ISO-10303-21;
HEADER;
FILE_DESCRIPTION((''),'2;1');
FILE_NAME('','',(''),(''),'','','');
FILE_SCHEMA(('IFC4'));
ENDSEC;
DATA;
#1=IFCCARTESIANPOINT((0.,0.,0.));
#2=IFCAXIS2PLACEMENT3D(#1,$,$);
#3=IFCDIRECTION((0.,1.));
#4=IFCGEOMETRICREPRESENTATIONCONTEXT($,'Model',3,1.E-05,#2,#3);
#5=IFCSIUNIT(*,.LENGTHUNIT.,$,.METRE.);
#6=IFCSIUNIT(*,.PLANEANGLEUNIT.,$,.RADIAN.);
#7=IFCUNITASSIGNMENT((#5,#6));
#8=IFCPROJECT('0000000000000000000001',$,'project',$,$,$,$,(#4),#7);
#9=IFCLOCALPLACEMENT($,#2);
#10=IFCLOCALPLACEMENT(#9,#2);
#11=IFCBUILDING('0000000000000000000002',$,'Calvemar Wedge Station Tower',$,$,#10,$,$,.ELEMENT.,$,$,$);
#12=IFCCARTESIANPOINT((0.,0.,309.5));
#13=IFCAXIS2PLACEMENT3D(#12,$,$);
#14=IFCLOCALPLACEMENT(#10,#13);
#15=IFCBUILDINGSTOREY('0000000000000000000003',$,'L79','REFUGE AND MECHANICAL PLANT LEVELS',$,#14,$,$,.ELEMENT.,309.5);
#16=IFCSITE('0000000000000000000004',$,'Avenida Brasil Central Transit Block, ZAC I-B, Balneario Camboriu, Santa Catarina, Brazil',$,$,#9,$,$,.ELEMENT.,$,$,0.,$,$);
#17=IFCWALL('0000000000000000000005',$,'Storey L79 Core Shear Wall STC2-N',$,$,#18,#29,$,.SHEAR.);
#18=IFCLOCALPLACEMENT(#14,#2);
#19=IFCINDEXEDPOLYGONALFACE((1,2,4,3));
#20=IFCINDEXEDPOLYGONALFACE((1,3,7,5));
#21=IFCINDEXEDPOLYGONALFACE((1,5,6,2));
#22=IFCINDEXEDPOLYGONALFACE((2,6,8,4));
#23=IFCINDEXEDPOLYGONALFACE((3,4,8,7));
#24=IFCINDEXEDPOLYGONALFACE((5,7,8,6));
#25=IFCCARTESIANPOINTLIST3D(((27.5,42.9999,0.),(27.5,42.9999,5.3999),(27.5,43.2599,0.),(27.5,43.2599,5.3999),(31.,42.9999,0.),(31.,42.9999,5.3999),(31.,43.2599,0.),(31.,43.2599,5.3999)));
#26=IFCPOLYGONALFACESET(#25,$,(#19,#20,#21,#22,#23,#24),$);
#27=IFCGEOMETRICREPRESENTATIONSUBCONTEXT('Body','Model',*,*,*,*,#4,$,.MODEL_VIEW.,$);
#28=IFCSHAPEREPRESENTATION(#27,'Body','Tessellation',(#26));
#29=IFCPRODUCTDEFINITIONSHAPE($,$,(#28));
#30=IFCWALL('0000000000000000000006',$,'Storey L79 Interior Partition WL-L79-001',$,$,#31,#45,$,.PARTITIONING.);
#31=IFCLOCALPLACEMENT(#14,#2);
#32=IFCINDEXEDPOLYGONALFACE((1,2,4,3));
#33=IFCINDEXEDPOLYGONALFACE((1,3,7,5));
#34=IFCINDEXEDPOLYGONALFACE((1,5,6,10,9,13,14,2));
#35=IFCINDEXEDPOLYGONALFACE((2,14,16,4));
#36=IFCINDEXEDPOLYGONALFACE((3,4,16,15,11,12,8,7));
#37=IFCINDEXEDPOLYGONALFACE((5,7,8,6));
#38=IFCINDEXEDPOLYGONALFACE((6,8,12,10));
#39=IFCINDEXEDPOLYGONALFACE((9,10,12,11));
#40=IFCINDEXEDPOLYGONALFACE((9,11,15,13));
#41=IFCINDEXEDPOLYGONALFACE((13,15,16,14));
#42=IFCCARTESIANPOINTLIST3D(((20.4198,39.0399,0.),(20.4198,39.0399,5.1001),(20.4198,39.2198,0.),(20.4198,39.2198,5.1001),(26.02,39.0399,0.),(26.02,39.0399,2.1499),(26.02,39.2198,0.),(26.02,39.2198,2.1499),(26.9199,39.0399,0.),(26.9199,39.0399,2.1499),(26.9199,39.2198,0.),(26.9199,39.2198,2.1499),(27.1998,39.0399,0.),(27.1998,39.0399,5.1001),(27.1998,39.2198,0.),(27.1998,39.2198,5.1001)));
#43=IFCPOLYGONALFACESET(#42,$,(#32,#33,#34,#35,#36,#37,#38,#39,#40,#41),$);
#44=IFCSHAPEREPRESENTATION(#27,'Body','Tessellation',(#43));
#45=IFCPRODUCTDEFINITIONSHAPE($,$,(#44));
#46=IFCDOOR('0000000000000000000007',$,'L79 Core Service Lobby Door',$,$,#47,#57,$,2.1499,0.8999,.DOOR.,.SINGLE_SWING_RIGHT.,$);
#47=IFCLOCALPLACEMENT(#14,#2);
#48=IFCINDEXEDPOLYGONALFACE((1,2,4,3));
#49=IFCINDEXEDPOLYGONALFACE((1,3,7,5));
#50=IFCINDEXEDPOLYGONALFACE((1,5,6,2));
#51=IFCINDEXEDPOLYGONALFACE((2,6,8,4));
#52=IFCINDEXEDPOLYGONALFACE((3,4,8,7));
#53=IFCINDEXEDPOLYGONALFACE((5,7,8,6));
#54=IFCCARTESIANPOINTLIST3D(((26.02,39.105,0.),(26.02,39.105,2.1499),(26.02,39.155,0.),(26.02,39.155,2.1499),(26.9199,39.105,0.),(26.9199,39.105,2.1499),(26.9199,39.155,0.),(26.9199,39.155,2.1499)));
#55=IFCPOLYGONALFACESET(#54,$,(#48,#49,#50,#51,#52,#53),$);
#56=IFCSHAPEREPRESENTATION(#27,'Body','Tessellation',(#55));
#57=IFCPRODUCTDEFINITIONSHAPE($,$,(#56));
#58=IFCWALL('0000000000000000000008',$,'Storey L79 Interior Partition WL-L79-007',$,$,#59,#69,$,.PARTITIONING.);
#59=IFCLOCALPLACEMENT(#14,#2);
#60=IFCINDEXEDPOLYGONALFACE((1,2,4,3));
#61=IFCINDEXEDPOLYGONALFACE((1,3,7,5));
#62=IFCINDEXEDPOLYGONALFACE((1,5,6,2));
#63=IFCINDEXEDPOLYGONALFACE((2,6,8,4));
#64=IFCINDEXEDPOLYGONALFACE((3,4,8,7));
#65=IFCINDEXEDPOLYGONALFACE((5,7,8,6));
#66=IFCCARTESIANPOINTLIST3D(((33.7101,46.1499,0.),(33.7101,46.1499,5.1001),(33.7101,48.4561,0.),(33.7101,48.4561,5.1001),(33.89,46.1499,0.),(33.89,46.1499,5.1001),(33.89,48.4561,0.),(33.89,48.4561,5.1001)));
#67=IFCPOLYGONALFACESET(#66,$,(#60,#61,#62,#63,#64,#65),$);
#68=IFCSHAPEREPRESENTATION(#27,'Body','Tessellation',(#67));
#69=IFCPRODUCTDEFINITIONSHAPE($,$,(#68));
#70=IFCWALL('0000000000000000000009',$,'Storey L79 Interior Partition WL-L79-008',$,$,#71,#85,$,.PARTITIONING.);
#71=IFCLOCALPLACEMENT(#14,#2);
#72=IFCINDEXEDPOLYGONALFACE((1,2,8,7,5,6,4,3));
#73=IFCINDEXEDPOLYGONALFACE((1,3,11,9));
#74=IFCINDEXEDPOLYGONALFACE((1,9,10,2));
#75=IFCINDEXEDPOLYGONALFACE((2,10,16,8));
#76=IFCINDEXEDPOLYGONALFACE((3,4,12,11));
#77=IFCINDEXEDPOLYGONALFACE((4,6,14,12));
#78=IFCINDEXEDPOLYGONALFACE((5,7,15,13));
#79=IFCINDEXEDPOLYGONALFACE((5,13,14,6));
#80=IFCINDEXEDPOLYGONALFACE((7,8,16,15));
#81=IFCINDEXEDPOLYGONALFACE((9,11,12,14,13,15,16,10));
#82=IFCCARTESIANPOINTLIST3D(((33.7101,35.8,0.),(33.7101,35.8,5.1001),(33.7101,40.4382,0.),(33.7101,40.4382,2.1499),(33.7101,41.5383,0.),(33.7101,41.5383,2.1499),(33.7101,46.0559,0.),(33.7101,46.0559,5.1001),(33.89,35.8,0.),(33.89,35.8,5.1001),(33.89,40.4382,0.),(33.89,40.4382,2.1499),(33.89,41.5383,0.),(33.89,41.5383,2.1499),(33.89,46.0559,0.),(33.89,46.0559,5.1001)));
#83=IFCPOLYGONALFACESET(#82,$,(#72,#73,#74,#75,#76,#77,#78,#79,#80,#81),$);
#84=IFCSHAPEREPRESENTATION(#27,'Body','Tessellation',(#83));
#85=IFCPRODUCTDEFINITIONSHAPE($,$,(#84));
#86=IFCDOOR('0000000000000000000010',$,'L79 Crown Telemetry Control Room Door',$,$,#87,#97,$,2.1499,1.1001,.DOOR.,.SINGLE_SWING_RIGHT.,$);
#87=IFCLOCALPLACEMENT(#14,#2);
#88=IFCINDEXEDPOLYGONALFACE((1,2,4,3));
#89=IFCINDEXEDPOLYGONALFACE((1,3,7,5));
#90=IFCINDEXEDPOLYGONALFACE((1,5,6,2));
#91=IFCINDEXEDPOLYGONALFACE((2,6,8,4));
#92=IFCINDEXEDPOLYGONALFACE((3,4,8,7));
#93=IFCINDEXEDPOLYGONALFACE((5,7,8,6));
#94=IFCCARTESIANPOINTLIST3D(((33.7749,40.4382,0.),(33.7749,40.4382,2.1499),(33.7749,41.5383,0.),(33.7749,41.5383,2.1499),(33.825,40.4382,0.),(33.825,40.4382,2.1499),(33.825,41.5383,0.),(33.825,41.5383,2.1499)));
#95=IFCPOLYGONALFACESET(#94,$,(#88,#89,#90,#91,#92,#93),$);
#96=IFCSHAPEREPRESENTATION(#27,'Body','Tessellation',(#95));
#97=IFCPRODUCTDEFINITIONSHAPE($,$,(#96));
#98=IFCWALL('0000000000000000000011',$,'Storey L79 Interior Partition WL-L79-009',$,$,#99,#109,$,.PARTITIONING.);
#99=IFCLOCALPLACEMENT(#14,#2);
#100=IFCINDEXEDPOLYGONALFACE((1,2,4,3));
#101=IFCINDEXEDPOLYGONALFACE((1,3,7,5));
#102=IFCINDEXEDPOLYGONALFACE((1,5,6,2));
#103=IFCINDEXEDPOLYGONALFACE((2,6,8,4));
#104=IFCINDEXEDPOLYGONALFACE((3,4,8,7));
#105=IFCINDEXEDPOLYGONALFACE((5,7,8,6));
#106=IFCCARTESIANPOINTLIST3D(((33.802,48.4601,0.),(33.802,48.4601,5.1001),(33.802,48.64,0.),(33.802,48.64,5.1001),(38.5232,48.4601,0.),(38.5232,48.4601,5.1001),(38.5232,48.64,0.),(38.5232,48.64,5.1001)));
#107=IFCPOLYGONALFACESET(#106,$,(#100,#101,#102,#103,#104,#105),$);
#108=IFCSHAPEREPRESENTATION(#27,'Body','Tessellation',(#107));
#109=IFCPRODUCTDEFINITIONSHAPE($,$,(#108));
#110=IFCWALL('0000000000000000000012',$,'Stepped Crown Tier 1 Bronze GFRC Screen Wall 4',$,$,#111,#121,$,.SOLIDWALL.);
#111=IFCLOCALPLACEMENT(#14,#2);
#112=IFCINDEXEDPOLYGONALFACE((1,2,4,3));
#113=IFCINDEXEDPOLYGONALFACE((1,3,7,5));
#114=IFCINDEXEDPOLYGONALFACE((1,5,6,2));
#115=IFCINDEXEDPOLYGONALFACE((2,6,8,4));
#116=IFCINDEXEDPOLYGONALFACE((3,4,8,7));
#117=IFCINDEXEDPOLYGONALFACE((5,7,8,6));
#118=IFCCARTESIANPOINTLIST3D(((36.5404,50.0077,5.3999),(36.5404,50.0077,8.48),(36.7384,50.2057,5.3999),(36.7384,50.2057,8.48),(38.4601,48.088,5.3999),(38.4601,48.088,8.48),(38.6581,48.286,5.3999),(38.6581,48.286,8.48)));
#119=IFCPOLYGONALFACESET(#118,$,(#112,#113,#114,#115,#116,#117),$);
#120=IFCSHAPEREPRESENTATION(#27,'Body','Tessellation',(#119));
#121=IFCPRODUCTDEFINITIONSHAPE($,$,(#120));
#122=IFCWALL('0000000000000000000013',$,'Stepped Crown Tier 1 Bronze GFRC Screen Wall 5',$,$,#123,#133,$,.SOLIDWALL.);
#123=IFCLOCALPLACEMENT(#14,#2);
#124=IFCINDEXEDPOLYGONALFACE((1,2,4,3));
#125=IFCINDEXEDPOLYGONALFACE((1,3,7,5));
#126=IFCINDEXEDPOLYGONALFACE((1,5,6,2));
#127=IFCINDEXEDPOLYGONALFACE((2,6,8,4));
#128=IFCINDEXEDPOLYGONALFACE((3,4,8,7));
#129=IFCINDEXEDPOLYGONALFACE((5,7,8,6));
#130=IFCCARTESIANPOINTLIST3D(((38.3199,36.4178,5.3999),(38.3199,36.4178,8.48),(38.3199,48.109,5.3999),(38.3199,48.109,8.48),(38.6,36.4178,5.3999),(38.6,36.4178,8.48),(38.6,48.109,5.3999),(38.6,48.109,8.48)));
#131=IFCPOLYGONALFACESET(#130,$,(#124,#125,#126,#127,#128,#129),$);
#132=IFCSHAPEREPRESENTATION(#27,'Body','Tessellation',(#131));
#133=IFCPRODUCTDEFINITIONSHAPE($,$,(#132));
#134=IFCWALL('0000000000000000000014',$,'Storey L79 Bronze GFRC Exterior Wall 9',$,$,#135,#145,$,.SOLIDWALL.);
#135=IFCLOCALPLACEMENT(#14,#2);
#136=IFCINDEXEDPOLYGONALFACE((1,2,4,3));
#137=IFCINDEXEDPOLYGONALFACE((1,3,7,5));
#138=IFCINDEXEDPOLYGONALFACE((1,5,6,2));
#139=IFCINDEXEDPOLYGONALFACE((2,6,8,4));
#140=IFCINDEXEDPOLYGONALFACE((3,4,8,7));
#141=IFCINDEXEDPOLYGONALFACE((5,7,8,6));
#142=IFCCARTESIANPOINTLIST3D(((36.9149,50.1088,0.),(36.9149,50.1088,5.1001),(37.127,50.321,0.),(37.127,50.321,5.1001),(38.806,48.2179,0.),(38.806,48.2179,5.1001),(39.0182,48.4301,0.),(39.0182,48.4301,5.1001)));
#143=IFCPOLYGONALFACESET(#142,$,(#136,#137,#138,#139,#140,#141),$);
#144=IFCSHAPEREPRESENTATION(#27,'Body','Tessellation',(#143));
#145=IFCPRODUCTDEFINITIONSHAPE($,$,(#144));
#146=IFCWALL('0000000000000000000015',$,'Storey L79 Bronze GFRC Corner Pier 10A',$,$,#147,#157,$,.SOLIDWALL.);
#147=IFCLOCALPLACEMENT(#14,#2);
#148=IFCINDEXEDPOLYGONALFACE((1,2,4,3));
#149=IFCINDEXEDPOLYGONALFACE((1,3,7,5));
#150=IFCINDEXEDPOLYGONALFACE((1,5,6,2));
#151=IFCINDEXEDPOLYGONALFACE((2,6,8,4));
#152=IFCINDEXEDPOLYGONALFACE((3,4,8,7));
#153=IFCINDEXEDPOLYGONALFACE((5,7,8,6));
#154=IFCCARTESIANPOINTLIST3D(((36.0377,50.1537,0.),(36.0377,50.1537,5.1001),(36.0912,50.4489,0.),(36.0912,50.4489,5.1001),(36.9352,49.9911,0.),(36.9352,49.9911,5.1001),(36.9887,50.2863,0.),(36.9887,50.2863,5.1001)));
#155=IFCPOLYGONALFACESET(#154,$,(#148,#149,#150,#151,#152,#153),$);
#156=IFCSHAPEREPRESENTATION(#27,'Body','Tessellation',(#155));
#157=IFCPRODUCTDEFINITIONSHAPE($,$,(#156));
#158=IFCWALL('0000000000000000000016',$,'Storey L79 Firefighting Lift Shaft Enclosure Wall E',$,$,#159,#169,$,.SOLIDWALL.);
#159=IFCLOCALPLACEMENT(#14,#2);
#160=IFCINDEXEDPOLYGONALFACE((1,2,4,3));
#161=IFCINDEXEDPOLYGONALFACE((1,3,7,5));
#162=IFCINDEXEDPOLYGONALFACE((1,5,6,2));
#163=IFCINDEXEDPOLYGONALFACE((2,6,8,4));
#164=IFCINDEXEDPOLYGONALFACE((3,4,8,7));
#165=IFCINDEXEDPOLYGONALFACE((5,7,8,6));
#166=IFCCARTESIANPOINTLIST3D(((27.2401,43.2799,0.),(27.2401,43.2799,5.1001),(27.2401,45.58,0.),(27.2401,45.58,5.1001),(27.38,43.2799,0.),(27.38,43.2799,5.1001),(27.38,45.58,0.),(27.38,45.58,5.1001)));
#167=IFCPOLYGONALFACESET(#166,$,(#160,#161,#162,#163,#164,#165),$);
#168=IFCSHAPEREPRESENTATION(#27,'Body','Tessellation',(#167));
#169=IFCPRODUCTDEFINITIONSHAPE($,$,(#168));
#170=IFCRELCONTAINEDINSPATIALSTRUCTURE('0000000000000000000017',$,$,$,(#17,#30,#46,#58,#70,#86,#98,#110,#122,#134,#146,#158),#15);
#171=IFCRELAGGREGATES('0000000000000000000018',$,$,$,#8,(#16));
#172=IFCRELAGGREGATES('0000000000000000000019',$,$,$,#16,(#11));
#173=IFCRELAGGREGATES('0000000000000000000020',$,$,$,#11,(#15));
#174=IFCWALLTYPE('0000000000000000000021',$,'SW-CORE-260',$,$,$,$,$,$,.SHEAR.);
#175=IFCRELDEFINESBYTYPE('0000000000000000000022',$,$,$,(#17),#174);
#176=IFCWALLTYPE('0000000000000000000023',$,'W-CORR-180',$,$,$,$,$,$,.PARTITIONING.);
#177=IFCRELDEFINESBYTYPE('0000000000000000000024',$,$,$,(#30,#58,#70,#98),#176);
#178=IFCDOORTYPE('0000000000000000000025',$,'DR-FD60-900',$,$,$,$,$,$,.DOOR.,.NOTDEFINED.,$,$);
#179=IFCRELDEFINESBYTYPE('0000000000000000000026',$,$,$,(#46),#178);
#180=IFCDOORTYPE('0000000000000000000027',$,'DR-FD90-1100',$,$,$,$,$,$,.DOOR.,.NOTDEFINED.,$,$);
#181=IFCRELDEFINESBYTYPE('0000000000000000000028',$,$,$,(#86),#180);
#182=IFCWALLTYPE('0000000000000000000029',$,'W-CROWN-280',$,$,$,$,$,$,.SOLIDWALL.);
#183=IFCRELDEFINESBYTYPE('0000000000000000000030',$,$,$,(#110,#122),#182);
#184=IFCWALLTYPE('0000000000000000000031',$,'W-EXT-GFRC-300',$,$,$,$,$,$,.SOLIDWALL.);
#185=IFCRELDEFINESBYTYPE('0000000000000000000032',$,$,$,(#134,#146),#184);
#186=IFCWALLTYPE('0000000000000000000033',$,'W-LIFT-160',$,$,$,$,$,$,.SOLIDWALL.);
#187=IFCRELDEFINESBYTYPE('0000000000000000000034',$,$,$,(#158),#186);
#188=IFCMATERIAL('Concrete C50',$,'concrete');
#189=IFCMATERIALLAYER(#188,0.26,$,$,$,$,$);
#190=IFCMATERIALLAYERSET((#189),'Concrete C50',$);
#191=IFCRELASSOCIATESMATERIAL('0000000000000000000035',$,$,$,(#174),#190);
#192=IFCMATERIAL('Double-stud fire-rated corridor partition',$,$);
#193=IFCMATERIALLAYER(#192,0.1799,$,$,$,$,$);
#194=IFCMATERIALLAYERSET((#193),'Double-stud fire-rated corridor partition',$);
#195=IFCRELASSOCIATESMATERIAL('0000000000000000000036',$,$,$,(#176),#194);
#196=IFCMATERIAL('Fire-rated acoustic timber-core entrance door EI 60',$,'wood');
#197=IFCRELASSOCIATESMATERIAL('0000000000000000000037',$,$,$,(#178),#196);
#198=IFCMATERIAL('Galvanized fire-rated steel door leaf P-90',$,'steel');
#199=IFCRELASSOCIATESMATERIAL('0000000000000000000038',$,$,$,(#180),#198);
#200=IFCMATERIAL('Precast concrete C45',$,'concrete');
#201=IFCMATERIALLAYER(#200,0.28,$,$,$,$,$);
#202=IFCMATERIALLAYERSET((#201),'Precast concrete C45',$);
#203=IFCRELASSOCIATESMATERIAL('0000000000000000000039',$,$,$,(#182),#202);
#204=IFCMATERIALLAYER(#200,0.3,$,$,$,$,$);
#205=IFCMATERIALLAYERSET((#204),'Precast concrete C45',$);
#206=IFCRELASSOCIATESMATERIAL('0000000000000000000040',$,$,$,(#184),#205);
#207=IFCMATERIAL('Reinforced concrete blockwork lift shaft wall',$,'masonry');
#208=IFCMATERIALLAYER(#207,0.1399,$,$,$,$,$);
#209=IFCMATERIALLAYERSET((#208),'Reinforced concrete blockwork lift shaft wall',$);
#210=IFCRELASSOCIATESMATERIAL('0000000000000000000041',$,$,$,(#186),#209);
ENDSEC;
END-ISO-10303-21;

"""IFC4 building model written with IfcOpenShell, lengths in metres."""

from ifc_helpers import new_model, si_unit, direction, frame, frame_2d, origin, place, context, subcontext, project, spatial, rectangle, extrude, source, transform, mapped, material, layer, layer_set, type_object, element, fill, save


model = new_model("IFC4")

# Units and contexts
model_context = context("Model", 3, precision=1e-05, world=origin(), true_north=direction((0.0, 1.0)))
body_context = subcontext(model_context, "Body", "Model", "MODEL_VIEW")
ifc_project = project(units=[si_unit("LENGTHUNIT", "METRE"), si_unit("PLANEANGLEUNIT", "RADIAN")], contexts=[model_context])

# Site, building, storey
site_placement = place(None, origin())
site = spatial("IfcSite", under=ifc_project, at=site_placement, Name="Avenida Brasil Central Transit Block, ZAC I-B, Balneario Camboriu, Santa Catarina, Brazil", CompositionType="ELEMENT", RefElevation=0.0)
building_placement = place(site_placement, origin())
building = spatial("IfcBuilding", under=site, at=building_placement, Name="Calvemar Wedge Station Tower", CompositionType="ELEMENT")
storey_placement = place(building_placement, frame((0.0, 0.0, 309.5)))
storey = spatial("IfcBuildingStorey", under=building, at=storey_placement, Name="L79", Description="REFUGE AND MECHANICAL PLANT LEVELS", CompositionType="ELEMENT", Elevation=309.5)

# Shared definitions
ifc_material_1 = material(Name="Concrete C50", Category="concrete")

# Wall
ifc_layer_1 = layer(ifc_material_1, 0.26)
ifc_layer_set_1 = layer_set([ifc_layer_1], Name="Concrete C50")
wall_type_1 = type_object("IfcWallType", Name="SW-CORE-260", PredefinedType="SHEAR", material=ifc_layer_set_1)
wall_1_placement = place(storey_placement, frame((27.5, 43.1299, 0.0), z_axis=(0.0, 0.0, 1.0), x_axis=(1.0, 0.0, 0.0)))
element("IfcWall", 1, at=wall_1_placement, inside=storey, type_object=wall_type_1, Name="Storey L79 Core Shear Wall STC2-N", PredefinedType="SHEAR", context=body_context, shape_type="SweptSolid", body=[
    extrude(rectangle(XDim=3.5, YDim=0.26, at=frame_2d((1.75, 0.0))), origin(), (0.0, 0.0, 1.0), 5.3999),
])

# Wall, opening, door
ifc_material_2 = material(Name="Double-stud fire-rated corridor partition")
ifc_layer_2 = layer(ifc_material_2, 0.1799)
ifc_layer_set_2 = layer_set([ifc_layer_2], Name="Double-stud fire-rated corridor partition")
wall_type_2 = type_object("IfcWallType", Name="W-CORR-180", PredefinedType="PARTITIONING", material=ifc_layer_set_2)
wall_2_placement = place(storey_placement, frame((27.2, 39.1299, 0.0), z_axis=(0.0, 0.0, 1.0), x_axis=(-1.0, 0.0, 0.0)))
wall_2 = element("IfcWall", 2, at=wall_2_placement, inside=storey, type_object=wall_type_2, Name="Storey L79 Interior Partition WL-L79-001", PredefinedType="PARTITIONING", context=body_context, shape_type="SweptSolid", body=[
    extrude(rectangle(XDim=6.78, YDim=0.1799, at=frame_2d((3.3901, 0.0))), origin(), (0.0, 0.0, 1.0), 5.1001),
])
shared_shape_1 = source(origin(), body_context, "Body", "SweptSolid", [
    extrude(rectangle(XDim=0.8999, YDim=2.1499, at=frame_2d((0.45, 1.075))), frame((0.0, 0.1001, 0.0), z_axis=(0.0, -1.0, 0.0), x_axis=(1.0, 0.0, 0.0)), (0.0, 0.0, 1.0), 0.2),
])
opening_1_placement = place(wall_2_placement, frame((0.28, 0.0, 0.0)))
opening_1 = element("IfcOpeningElement", 3, at=opening_1_placement, cuts=wall_2, PredefinedType="OPENING", context=body_context, shape_type="MappedRepresentation", body=[
    mapped(shared_shape_1, transform((0.0, 0.0, 0.0), scale=1.0)),
])
ifc_material_3 = material(Name="Fire-rated acoustic timber-core entrance door EI 60", Category="wood")
door_type_1 = type_object("IfcDoorType", Name="DR-FD60-900", OperationType="NOTDEFINED", PredefinedType="DOOR", material=ifc_material_3)
shared_shape_2 = source(origin(), body_context, "Body", "SweptSolid", [
    extrude(rectangle(XDim=0.8999, YDim=2.1499, at=frame_2d((0.45, 1.075))), frame((0.0, 0.0249, 0.0), z_axis=(0.0, -1.0, 0.0), x_axis=(1.0, 0.0, 0.0)), (0.0, 0.0, 1.0), 0.05),
])
door_1_placement = place(opening_1_placement, origin())
door_1 = element("IfcDoor", 4, at=door_1_placement, inside=storey, type_object=door_type_1, Name="L79 Core Service Lobby Door", OperationType="SINGLE_SWING_RIGHT", OverallHeight=2.1499, OverallWidth=0.8999, PredefinedType="DOOR", context=body_context, shape_type="MappedRepresentation", body=[
    mapped(shared_shape_2, transform((0.0, 0.0, 0.0), scale=1.0)),
])
fill(opening_1, door_1)

# Wall
wall_3_placement = place(storey_placement, frame((33.8, 48.4561, 0.0), z_axis=(0.0, 0.0, 1.0), x_axis=(0.0, -1.0, 0.0)))
element("IfcWall", 5, at=wall_3_placement, inside=storey, type_object=wall_type_2, Name="Storey L79 Interior Partition WL-L79-007", PredefinedType="PARTITIONING", context=body_context, shape_type="SweptSolid", body=[
    extrude(rectangle(XDim=2.3062, YDim=0.1799, at=frame_2d((1.1531, 0.0))), origin(), (0.0, 0.0, 1.0), 5.1001),
])

# Wall, opening, door
wall_4_placement = place(storey_placement, frame((33.8, 46.0559, 0.0), z_axis=(0.0, 0.0, 1.0), x_axis=(0.0, -1.0, 0.0)))
wall_4 = element("IfcWall", 6, at=wall_4_placement, inside=storey, type_object=wall_type_2, Name="Storey L79 Interior Partition WL-L79-008", PredefinedType="PARTITIONING", context=body_context, shape_type="SweptSolid", body=[
    extrude(rectangle(XDim=10.2559, YDim=0.1799, at=frame_2d((5.1279, 0.0))), origin(), (0.0, 0.0, 1.0), 5.1001),
])
shared_shape_3 = source(origin(), body_context, "Body", "SweptSolid", [
    extrude(rectangle(XDim=1.1001, YDim=2.1499, at=frame_2d((0.55, 1.075))), frame((0.0, 0.1001, 0.0), z_axis=(0.0, -1.0, 0.0), x_axis=(1.0, 0.0, 0.0)), (0.0, 0.0, 1.0), 0.2),
])
opening_2_placement = place(wall_4_placement, frame((4.5176, 0.0, 0.0)))
opening_2 = element("IfcOpeningElement", 7, at=opening_2_placement, cuts=wall_4, PredefinedType="OPENING", context=body_context, shape_type="MappedRepresentation", body=[
    mapped(shared_shape_3, transform((0.0, 0.0, 0.0), scale=1.0)),
])
ifc_material_4 = material(Name="Galvanized fire-rated steel door leaf P-90", Category="steel")
door_type_2 = type_object("IfcDoorType", Name="DR-FD90-1100", OperationType="NOTDEFINED", PredefinedType="DOOR", material=ifc_material_4)
shared_shape_4 = source(origin(), body_context, "Body", "SweptSolid", [
    extrude(rectangle(XDim=1.1001, YDim=2.1499, at=frame_2d((0.55, 1.075))), frame((0.0, 0.0249, 0.0), z_axis=(0.0, -1.0, 0.0), x_axis=(1.0, 0.0, 0.0)), (0.0, 0.0, 1.0), 0.05),
])
door_2_placement = place(opening_2_placement, origin())
door_2 = element("IfcDoor", 8, at=door_2_placement, inside=storey, type_object=door_type_2, Name="L79 Crown Telemetry Control Room Door", OperationType="SINGLE_SWING_RIGHT", OverallHeight=2.1499, OverallWidth=1.1001, PredefinedType="DOOR", context=body_context, shape_type="MappedRepresentation", body=[
    mapped(shared_shape_4, transform((0.0, 0.0, 0.0), scale=1.0)),
])
fill(opening_2, door_2)

# Walls
wall_5_placement = place(storey_placement, frame((38.5232, 48.55, 0.0), z_axis=(0.0, 0.0, 1.0), x_axis=(-1.0, 0.0, 0.0)))
element("IfcWall", 9, at=wall_5_placement, inside=storey, type_object=wall_type_2, Name="Storey L79 Interior Partition WL-L79-009", PredefinedType="PARTITIONING", context=body_context, shape_type="SweptSolid", body=[
    extrude(rectangle(XDim=4.7212, YDim=0.1799, at=frame_2d((2.3606, 0.0))), origin(), (0.0, 0.0, 1.0), 5.1001),
])
ifc_material_5 = material(Name="Precast concrete C45", Category="concrete")
ifc_layer_3 = layer(ifc_material_5, 0.28)
ifc_layer_set_3 = layer_set([ifc_layer_3], Name="Precast concrete C45")
wall_type_3 = type_object("IfcWallType", Name="W-CROWN-280", PredefinedType="SOLIDWALL", material=ifc_layer_set_3)
wall_6_placement = place(storey_placement, frame((36.6394, 50.1067, 5.3999), z_axis=(0.0, 0.0, 1.0), x_axis=(0.707107, -0.707107, 0.0)))
element("IfcWall", 10, at=wall_6_placement, inside=storey, type_object=wall_type_3, Name="Stepped Crown Tier 1 Bronze GFRC Screen Wall 4", PredefinedType="SOLIDWALL", context=body_context, shape_type="SweptSolid", body=[
    extrude(rectangle(XDim=2.7148, YDim=0.28, at=frame_2d((1.3574, 0.0))), origin(), (0.0, 0.0, 1.0), 3.0801),
])
wall_7_placement = place(storey_placement, frame((38.46, 48.1091, 5.3999), z_axis=(0.0, 0.0, 1.0), x_axis=(0.0, -1.0, 0.0)))
element("IfcWall", 11, at=wall_7_placement, inside=storey, type_object=wall_type_3, Name="Stepped Crown Tier 1 Bronze GFRC Screen Wall 5", PredefinedType="SOLIDWALL", context=body_context, shape_type="SweptSolid", body=[
    extrude(rectangle(XDim=11.6912, YDim=0.28, at=frame_2d((5.8457, 0.0))), origin(), (0.0, 0.0, 1.0), 3.0801),
])
ifc_layer_4 = layer(ifc_material_5, 0.3)
ifc_layer_set_4 = layer_set([ifc_layer_4], Name="Precast concrete C45")
wall_type_4 = type_object("IfcWallType", Name="W-EXT-GFRC-300", PredefinedType="SOLIDWALL", material=ifc_layer_set_4)
wall_8_placement = place(storey_placement, frame((38.9121, 48.324, 0.0), z_axis=(0.0, 0.0, 1.0), x_axis=(-0.707152, 0.707061, 0.0)))
element("IfcWall", 12, at=wall_8_placement, inside=storey, type_object=wall_type_4, Name="Storey L79 Bronze GFRC Exterior Wall 9", PredefinedType="SOLIDWALL", context=body_context, shape_type="SweptSolid", body=[
    extrude(rectangle(XDim=2.6743, YDim=0.3, at=frame_2d((1.3372, 0.0))), origin(), (0.0, 0.0, 1.0), 5.1001),
])
wall_9_placement = place(storey_placement, frame((36.9619, 50.1387, 0.0), z_axis=(0.0, 0.0, 1.0), x_axis=(-0.983981, 0.178273, 0.0)))
element("IfcWall", 13, at=wall_9_placement, inside=storey, type_object=wall_type_4, Name="Storey L79 Bronze GFRC Corner Pier 10A", PredefinedType="SOLIDWALL", context=body_context, shape_type="SweptSolid", body=[
    extrude(rectangle(XDim=0.9121, YDim=0.3, at=frame_2d((0.4561, 0.0))), origin(), (0.0, 0.0, 1.0), 5.1001),
])
ifc_material_6 = material(Name="Reinforced concrete blockwork lift shaft wall", Category="masonry")
ifc_layer_5 = layer(ifc_material_6, 0.1399)
ifc_layer_set_5 = layer_set([ifc_layer_5], Name="Reinforced concrete blockwork lift shaft wall")
wall_type_5 = type_object("IfcWallType", Name="W-LIFT-160", PredefinedType="SOLIDWALL", material=ifc_layer_set_5)
wall_10_placement = place(storey_placement, frame((27.3101, 43.28, 0.0), z_axis=(0.0, 0.0, 1.0), x_axis=(0.0, 1.0, 0.0)))
element("IfcWall", 14, at=wall_10_placement, inside=storey, type_object=wall_type_5, Name="Storey L79 Firefighting Lift Shaft Enclosure Wall E", PredefinedType="SOLIDWALL", context=body_context, shape_type="SweptSolid", body=[
    extrude(rectangle(XDim=2.3, YDim=0.1399, at=frame_2d((1.1499, 0.0))), origin(), (0.0, 0.0, 1.0), 5.1001),
])

save(model, "model.ifc")
